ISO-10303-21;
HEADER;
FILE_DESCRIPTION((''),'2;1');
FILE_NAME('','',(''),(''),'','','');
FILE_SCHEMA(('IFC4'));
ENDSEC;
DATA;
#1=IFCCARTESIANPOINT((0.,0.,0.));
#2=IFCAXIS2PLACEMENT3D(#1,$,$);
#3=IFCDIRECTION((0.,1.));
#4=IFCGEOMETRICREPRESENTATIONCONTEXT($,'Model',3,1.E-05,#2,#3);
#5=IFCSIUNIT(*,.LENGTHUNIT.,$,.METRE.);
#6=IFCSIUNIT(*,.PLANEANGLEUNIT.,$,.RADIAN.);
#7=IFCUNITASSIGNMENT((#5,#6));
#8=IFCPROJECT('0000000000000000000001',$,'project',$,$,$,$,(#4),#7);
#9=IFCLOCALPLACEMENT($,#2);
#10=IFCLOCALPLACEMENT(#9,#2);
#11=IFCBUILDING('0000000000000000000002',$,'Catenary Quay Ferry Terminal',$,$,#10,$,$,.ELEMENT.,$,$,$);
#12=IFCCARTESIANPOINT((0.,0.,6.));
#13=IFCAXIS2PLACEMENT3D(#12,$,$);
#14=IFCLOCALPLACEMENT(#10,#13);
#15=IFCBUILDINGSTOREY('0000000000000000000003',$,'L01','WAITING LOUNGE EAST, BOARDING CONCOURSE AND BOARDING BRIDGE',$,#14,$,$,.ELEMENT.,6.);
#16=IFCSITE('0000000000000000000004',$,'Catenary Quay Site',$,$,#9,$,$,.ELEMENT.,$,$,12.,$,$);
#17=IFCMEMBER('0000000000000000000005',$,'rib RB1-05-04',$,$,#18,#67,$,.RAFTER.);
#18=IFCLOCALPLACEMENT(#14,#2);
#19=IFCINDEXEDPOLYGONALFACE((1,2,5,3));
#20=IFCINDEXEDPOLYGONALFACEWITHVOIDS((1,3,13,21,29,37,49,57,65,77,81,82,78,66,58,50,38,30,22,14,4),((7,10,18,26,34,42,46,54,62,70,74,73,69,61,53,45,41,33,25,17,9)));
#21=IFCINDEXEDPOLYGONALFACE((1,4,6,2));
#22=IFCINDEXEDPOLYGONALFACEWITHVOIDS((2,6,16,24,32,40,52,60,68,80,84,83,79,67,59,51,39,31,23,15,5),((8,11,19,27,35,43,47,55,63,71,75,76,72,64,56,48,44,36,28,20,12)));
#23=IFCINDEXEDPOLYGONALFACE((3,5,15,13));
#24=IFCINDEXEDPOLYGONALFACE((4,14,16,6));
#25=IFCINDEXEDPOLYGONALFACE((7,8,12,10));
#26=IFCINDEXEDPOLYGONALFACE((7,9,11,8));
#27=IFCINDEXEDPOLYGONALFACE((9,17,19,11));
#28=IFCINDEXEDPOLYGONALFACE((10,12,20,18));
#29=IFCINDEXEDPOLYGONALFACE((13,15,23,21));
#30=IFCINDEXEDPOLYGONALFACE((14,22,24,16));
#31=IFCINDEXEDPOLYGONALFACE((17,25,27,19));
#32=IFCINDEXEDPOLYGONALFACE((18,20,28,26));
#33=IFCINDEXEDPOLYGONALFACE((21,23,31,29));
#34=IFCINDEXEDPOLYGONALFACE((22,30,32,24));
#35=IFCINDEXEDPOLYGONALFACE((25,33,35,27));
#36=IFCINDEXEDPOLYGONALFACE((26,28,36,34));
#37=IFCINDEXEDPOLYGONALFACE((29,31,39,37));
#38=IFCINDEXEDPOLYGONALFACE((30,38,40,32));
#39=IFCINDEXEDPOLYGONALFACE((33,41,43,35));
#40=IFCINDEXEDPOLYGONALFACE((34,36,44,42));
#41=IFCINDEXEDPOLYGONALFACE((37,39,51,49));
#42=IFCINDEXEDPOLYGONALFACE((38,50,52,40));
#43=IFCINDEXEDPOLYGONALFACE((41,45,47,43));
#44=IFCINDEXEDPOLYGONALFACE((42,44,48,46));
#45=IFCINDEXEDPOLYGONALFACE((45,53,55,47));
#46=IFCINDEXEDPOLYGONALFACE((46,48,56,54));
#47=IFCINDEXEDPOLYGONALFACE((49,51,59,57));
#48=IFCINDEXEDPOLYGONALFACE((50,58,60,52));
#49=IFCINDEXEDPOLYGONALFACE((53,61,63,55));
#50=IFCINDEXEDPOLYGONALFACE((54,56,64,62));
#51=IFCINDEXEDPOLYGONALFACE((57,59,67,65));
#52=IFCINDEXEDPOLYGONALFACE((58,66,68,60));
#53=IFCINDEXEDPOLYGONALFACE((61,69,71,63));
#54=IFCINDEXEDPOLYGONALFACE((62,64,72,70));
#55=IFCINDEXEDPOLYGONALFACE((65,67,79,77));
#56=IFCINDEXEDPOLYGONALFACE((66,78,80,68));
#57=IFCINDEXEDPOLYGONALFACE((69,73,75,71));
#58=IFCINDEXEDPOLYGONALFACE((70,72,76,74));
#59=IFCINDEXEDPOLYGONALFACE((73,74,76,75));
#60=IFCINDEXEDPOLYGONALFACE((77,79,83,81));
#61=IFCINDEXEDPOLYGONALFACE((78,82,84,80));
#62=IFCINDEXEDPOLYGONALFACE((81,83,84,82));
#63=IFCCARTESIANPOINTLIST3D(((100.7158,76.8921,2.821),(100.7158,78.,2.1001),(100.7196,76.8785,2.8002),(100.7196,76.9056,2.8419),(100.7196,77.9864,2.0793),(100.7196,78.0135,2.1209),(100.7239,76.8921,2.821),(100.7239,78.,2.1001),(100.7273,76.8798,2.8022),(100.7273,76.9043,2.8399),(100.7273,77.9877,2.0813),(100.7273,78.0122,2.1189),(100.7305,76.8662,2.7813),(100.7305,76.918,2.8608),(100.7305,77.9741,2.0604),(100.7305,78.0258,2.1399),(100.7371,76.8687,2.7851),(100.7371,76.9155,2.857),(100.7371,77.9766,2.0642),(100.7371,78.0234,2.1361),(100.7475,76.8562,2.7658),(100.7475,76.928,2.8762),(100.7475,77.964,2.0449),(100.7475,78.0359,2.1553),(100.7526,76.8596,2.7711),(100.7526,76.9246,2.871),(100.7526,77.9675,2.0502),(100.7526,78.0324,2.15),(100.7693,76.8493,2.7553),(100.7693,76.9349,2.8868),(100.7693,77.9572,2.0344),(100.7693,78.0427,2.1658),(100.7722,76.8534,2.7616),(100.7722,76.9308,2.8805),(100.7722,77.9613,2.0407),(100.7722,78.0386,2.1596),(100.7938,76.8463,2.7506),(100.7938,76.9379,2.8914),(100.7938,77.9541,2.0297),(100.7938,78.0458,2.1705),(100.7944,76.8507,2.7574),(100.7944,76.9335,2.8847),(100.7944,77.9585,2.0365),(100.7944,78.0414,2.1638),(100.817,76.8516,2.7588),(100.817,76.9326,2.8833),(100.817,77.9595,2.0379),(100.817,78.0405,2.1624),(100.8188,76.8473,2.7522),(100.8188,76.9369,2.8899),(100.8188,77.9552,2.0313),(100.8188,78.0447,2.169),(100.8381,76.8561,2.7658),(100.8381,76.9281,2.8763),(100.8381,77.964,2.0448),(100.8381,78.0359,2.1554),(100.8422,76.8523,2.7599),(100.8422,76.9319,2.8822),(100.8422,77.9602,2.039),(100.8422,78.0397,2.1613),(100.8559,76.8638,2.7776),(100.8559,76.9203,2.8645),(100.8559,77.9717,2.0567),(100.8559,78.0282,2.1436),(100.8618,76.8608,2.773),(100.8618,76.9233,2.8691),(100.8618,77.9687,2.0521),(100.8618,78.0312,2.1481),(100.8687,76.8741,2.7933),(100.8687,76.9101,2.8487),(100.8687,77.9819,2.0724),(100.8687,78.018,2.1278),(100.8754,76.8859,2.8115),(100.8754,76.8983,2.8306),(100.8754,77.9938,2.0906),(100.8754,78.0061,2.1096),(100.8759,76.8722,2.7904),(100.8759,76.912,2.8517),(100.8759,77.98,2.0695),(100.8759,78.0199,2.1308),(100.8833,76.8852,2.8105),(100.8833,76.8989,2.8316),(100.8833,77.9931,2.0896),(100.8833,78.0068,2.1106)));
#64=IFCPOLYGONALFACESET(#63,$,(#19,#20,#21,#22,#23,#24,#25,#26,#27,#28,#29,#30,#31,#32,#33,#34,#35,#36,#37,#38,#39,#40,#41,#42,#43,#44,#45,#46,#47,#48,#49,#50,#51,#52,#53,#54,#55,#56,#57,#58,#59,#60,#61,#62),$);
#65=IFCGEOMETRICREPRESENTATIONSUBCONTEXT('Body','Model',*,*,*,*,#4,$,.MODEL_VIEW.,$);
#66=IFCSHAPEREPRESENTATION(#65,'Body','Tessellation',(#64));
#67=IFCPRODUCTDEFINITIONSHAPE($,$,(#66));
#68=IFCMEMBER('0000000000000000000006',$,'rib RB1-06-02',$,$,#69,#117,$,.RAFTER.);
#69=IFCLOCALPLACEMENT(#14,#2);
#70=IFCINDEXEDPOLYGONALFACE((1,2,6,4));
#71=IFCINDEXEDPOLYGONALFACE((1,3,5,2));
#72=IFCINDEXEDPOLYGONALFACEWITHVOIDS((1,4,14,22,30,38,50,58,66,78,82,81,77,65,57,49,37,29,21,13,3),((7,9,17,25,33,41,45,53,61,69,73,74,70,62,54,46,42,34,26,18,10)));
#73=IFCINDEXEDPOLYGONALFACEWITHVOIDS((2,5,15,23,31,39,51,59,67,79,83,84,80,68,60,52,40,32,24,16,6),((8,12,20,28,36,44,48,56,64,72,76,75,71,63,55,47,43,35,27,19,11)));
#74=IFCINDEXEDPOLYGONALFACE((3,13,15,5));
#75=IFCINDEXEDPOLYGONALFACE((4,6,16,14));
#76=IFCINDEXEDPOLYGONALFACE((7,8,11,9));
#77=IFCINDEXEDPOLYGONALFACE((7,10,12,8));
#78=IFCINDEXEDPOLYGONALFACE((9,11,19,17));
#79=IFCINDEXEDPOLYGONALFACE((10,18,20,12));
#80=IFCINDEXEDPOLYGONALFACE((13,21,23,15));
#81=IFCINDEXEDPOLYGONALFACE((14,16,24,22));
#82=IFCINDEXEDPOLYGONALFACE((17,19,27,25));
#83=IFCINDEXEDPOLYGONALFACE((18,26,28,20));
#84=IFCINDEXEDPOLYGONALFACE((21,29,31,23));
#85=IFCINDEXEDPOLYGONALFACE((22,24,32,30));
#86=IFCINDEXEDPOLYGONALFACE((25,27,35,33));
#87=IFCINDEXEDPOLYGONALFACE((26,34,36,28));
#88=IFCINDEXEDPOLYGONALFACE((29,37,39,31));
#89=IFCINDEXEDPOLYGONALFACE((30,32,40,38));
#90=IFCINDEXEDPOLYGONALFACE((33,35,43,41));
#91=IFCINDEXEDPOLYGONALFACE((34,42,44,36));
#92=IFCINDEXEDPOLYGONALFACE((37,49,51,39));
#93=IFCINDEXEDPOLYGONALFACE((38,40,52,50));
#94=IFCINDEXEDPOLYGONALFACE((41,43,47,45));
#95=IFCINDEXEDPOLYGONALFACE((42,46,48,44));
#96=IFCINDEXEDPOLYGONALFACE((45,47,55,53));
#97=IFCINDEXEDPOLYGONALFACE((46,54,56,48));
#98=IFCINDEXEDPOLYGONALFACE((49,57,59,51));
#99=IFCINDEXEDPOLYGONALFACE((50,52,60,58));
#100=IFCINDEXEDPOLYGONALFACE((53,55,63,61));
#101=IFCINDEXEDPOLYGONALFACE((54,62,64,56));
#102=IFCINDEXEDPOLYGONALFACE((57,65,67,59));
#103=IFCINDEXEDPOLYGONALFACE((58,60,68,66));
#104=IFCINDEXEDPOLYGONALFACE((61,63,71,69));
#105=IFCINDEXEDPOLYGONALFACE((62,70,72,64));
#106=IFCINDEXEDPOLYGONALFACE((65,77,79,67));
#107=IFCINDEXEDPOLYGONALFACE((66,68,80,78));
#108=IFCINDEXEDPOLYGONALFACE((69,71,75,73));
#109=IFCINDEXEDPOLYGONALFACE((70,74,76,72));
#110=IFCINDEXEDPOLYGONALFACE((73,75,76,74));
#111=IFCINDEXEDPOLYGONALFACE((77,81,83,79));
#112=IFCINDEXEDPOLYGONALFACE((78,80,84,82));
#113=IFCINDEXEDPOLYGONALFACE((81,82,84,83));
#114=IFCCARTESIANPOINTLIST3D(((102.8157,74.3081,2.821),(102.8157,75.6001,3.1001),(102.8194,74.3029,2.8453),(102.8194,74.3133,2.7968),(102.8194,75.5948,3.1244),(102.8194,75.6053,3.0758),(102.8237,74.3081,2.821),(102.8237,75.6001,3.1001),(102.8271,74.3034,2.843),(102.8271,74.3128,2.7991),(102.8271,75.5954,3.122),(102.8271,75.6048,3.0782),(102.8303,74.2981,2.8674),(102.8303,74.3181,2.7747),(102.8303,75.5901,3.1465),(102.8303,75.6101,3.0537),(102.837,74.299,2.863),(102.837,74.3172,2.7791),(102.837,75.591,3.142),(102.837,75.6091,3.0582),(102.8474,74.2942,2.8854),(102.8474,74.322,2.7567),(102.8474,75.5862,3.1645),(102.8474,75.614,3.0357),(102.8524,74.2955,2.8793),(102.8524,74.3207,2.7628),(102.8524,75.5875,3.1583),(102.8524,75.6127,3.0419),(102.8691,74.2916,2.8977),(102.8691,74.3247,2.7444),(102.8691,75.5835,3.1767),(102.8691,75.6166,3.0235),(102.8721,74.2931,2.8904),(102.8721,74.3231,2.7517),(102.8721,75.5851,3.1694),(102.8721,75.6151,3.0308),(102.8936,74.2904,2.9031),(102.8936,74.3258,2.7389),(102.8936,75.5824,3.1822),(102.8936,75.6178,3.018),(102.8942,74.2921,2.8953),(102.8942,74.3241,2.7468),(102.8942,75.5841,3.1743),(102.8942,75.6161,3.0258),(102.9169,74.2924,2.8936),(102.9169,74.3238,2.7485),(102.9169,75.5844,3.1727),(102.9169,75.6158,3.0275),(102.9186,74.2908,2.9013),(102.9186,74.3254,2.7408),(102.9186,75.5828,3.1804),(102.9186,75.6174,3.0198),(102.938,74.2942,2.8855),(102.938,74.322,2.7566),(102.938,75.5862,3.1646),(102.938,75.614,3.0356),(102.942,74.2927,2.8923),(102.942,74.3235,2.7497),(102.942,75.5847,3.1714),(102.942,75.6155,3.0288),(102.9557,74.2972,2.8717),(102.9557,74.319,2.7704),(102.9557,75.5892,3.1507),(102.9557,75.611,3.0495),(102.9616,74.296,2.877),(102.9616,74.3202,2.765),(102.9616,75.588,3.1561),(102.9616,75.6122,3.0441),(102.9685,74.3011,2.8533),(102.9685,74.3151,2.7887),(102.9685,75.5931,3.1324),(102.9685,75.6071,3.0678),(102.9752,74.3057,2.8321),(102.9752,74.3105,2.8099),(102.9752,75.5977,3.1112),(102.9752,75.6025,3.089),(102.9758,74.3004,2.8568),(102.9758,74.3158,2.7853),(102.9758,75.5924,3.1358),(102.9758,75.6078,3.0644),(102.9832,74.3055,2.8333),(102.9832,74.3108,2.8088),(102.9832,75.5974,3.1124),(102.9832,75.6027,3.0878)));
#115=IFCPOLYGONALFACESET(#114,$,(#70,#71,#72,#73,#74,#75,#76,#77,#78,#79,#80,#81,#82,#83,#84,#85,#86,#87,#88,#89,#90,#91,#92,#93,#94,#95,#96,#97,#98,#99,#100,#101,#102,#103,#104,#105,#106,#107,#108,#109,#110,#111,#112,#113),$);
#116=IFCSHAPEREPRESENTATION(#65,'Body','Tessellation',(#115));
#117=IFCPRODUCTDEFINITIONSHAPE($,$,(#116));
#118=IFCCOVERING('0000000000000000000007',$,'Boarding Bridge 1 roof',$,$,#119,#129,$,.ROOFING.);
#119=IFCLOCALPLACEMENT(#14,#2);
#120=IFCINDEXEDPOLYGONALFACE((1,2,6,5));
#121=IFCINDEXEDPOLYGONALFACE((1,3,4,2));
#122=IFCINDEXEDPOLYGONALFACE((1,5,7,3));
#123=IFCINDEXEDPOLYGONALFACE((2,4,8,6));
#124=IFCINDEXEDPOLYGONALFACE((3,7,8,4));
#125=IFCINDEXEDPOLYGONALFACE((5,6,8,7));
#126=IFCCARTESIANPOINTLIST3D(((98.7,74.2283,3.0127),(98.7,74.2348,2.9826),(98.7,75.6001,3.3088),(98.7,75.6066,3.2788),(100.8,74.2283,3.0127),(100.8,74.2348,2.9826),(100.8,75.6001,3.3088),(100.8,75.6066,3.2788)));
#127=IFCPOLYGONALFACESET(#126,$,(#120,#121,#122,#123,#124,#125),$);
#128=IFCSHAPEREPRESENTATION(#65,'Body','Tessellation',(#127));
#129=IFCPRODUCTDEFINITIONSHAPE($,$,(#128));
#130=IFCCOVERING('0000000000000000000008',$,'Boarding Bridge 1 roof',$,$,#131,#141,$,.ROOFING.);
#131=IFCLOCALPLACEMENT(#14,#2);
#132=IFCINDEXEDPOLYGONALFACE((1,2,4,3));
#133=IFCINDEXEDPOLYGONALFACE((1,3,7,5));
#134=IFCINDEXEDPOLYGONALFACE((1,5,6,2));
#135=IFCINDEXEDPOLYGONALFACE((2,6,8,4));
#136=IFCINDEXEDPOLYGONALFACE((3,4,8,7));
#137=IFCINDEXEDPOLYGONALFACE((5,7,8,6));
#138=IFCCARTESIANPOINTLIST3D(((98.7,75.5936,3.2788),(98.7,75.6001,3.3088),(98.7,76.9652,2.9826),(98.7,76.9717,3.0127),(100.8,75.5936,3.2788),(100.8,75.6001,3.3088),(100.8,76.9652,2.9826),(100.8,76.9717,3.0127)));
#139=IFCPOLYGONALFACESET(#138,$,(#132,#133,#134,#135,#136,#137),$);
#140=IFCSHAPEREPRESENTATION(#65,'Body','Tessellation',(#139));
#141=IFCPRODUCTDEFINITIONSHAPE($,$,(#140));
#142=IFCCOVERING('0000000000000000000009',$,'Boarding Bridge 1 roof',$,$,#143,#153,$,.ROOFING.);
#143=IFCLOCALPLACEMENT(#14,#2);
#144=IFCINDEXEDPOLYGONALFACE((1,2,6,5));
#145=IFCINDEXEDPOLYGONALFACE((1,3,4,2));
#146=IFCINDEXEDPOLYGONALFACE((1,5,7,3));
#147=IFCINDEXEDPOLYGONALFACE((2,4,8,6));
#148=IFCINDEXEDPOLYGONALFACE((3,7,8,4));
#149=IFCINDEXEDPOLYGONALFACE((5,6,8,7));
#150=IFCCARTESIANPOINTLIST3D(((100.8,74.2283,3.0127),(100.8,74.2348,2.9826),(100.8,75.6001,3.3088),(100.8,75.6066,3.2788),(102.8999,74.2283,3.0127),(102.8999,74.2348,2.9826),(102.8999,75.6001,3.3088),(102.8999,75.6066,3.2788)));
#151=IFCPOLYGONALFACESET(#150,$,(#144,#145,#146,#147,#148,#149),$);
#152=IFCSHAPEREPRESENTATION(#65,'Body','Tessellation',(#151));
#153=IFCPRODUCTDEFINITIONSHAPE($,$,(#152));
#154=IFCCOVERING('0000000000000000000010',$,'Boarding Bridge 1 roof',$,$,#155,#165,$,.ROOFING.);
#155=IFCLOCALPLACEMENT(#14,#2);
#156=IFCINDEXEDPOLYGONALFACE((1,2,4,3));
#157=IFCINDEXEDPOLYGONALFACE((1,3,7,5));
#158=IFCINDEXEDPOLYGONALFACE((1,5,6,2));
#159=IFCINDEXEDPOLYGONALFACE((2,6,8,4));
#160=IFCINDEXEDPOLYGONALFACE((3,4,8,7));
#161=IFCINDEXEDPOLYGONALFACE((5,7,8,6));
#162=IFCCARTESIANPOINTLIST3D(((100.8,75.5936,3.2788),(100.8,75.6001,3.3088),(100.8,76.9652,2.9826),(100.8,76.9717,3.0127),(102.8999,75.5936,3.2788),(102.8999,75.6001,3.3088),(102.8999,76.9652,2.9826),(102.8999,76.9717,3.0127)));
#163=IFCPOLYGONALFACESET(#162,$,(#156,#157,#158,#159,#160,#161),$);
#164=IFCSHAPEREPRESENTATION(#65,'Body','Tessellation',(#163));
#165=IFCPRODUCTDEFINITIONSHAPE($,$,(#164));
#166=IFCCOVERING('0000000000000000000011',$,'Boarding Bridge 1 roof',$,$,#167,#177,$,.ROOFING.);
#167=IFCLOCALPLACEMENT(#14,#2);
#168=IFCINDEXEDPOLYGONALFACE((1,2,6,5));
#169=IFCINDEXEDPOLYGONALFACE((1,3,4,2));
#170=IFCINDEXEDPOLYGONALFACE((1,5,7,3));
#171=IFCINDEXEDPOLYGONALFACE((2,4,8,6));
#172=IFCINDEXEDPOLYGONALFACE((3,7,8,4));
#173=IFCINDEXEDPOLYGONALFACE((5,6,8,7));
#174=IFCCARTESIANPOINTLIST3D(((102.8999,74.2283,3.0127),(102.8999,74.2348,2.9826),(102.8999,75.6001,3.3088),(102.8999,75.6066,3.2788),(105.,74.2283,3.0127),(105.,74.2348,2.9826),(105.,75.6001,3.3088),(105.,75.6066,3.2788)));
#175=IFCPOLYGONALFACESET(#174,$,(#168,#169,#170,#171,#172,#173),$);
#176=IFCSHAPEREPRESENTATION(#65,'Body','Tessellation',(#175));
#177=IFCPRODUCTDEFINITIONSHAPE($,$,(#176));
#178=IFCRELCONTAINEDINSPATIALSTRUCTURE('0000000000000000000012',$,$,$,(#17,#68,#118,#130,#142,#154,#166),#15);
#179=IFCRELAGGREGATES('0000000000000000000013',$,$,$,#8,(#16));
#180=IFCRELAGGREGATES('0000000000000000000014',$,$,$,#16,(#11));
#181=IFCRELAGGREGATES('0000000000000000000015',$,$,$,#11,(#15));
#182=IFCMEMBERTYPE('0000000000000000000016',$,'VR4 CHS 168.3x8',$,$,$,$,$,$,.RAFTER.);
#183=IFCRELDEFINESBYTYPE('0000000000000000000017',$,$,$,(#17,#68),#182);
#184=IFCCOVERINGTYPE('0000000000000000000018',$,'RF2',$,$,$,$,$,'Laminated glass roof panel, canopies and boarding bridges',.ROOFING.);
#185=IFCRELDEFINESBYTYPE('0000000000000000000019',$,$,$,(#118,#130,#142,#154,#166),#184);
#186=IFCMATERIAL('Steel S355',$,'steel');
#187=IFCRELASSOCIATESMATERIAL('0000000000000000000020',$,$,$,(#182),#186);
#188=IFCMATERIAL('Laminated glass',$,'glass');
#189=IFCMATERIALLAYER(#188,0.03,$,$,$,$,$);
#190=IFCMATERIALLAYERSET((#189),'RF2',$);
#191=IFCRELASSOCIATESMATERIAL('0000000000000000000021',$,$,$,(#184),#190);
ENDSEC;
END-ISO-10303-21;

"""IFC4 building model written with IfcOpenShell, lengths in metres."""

from ifc_helpers import new_model, si_unit, direction, frame, origin, origin_2d, place, context, subcontext, project, spatial, polyline, hollow_circle, outline, extrude, material, layer, layer_set, material_profile, profile_set, type_object, element, save


model = new_model("IFC4")

# Units and contexts
model_context = context("Model", 3, precision=1e-05, world=origin(), true_north=direction((0.0, 1.0)))
body_context = subcontext(model_context, "Body", "Model", "MODEL_VIEW")
ifc_project = project(units=[si_unit("LENGTHUNIT", "METRE"), si_unit("PLANEANGLEUNIT", "RADIAN")], contexts=[model_context])

# Site, building, storey
site_placement = place(None, origin())
site = spatial("IfcSite", under=ifc_project, at=site_placement, Name="Catenary Quay Site", CompositionType="ELEMENT", RefElevation=12.0)
building_placement = place(site_placement, origin())
building = spatial("IfcBuilding", under=site, at=building_placement, Name="Catenary Quay Ferry Terminal", CompositionType="ELEMENT")
storey_placement = place(building_placement, frame((0.0, 0.0, 6.0)))
storey = spatial("IfcBuildingStorey", under=building, at=storey_placement, Name="L01", Description="WAITING LOUNGE EAST, BOARDING CONCOURSE AND BOARDING BRIDGE", CompositionType="ELEMENT", Elevation=6.0)

# Members
ifc_material_1 = material(Name="Steel S355", Category="steel")
ifc_material_profile_1 = material_profile(ifc_material_1, hollow_circle(Radius=0.0842, WallThickness=0.0081, at=origin_2d()), Name="CHS 168.3x8")
ifc_profile_set_1 = profile_set([ifc_material_profile_1], Name="Steel S355")
member_type_1 = type_object("IfcMemberType", Name="VR4 CHS 168.3x8", PredefinedType="RAFTER", material=ifc_profile_set_1)
for number, where, z_axis, x_axis, name in (
    (1, (100.8, 76.8921, 2.821), (0.0, 0.838165, -0.545417), (-1.0, 0.0, 0.0), "rib RB1-05-04"),
    (2, (102.8999, 74.3081, 2.821), (0.0, 0.977461, 0.211118), (-1.0, 0.0, 0.0), "rib RB1-06-02"),
):
    element("IfcMember", number, at=place(storey_placement, frame(where, z_axis=z_axis, x_axis=x_axis)), inside=storey, type_object=member_type_1, Name=name, PredefinedType="RAFTER", context=body_context, shape_type="SweptSolid", body=[
        extrude(hollow_circle(Radius=0.0842, WallThickness=0.0081, at=origin_2d()), origin(), (0.0, 0.0, 1.0), 1.3218),
    ])

# Coverings
ifc_material_2 = material(Name="Laminated glass", Category="glass")
ifc_layer = layer(ifc_material_2, 0.03)
ifc_layer_set = layer_set([ifc_layer], Name="RF2")
covering_type = type_object("IfcCoveringType", Name="RF2", ElementType="Laminated glass roof panel, canopies and boarding bridges", PredefinedType="ROOFING", material=ifc_layer_set)
covering_1_placement = place(storey_placement, frame((98.7, 74.2283, 3.0127), z_axis=(0.0, -0.211014, 0.977483), x_axis=(1.0, 0.0, 0.0)))
element("IfcCovering", 3, at=covering_1_placement, inside=storey, type_object=covering_type, Name="Boarding Bridge 1 roof", PredefinedType="ROOFING", context=body_context, shape_type="SweptSolid", body=[
    extrude(outline(polyline([(0.0, 0.0), (2.1001, 0.0), (2.1001, 1.4034), (0.0, 1.4034), (0.0, 0.0)])), origin(), (0.0, 0.0, -1.0), 0.0308),
])
covering_2_placement = place(storey_placement, frame((98.7, 75.6001, 3.3088), z_axis=(0.0, 0.21105, 0.977475), x_axis=(1.0, 0.0, 0.0)))
element("IfcCovering", 4, at=covering_2_placement, inside=storey, type_object=covering_type, Name="Boarding Bridge 1 roof", PredefinedType="ROOFING", context=body_context, shape_type="SweptSolid", body=[
    extrude(outline(polyline([(0.0, 0.0), (2.1001, 0.0), (2.1001, 1.4032), (0.0, 1.4032), (0.0, 0.0)])), origin(), (0.0, 0.0, -1.0), 0.0308),
])
covering_3_placement = place(storey_placement, frame((100.8, 74.2283, 3.0127), z_axis=(0.0, -0.211014, 0.977483), x_axis=(1.0, 0.0, 0.0)))
element("IfcCovering", 5, at=covering_3_placement, inside=storey, type_object=covering_type, Name="Boarding Bridge 1 roof", PredefinedType="ROOFING", context=body_context, shape_type="SweptSolid", body=[
    extrude(outline(polyline([(0.0, 0.0), (2.0999, 0.0), (2.0999, 1.4034), (0.0, 1.4034), (0.0, 0.0)])), origin(), (0.0, 0.0, -1.0), 0.0308),
])
covering_4_placement = place(storey_placement, frame((100.8, 75.6001, 3.3088), z_axis=(0.0, 0.21105, 0.977475), x_axis=(1.0, 0.0, 0.0)))
element("IfcCovering", 6, at=covering_4_placement, inside=storey, type_object=covering_type, Name="Boarding Bridge 1 roof", PredefinedType="ROOFING", context=body_context, shape_type="SweptSolid", body=[
    extrude(outline(polyline([(0.0, 0.0), (2.0999, 0.0), (2.0999, 1.4032), (0.0, 1.4032), (0.0, 0.0)])), origin(), (0.0, 0.0, -1.0), 0.0308),
])
covering_5_placement = place(storey_placement, frame((102.8999, 74.2283, 3.0127), z_axis=(0.0, -0.211014, 0.977483), x_axis=(1.0, 0.0, 0.0)))
element("IfcCovering", 7, at=covering_5_placement, inside=storey, type_object=covering_type, Name="Boarding Bridge 1 roof", PredefinedType="ROOFING", context=body_context, shape_type="SweptSolid", body=[
    extrude(outline(polyline([(0.0, 0.0), (2.1001, 0.0), (2.1001, 1.4034), (0.0, 1.4034), (0.0, 0.0)])), origin(), (0.0, 0.0, -1.0), 0.0308),
])

save(model, "model.ifc")
